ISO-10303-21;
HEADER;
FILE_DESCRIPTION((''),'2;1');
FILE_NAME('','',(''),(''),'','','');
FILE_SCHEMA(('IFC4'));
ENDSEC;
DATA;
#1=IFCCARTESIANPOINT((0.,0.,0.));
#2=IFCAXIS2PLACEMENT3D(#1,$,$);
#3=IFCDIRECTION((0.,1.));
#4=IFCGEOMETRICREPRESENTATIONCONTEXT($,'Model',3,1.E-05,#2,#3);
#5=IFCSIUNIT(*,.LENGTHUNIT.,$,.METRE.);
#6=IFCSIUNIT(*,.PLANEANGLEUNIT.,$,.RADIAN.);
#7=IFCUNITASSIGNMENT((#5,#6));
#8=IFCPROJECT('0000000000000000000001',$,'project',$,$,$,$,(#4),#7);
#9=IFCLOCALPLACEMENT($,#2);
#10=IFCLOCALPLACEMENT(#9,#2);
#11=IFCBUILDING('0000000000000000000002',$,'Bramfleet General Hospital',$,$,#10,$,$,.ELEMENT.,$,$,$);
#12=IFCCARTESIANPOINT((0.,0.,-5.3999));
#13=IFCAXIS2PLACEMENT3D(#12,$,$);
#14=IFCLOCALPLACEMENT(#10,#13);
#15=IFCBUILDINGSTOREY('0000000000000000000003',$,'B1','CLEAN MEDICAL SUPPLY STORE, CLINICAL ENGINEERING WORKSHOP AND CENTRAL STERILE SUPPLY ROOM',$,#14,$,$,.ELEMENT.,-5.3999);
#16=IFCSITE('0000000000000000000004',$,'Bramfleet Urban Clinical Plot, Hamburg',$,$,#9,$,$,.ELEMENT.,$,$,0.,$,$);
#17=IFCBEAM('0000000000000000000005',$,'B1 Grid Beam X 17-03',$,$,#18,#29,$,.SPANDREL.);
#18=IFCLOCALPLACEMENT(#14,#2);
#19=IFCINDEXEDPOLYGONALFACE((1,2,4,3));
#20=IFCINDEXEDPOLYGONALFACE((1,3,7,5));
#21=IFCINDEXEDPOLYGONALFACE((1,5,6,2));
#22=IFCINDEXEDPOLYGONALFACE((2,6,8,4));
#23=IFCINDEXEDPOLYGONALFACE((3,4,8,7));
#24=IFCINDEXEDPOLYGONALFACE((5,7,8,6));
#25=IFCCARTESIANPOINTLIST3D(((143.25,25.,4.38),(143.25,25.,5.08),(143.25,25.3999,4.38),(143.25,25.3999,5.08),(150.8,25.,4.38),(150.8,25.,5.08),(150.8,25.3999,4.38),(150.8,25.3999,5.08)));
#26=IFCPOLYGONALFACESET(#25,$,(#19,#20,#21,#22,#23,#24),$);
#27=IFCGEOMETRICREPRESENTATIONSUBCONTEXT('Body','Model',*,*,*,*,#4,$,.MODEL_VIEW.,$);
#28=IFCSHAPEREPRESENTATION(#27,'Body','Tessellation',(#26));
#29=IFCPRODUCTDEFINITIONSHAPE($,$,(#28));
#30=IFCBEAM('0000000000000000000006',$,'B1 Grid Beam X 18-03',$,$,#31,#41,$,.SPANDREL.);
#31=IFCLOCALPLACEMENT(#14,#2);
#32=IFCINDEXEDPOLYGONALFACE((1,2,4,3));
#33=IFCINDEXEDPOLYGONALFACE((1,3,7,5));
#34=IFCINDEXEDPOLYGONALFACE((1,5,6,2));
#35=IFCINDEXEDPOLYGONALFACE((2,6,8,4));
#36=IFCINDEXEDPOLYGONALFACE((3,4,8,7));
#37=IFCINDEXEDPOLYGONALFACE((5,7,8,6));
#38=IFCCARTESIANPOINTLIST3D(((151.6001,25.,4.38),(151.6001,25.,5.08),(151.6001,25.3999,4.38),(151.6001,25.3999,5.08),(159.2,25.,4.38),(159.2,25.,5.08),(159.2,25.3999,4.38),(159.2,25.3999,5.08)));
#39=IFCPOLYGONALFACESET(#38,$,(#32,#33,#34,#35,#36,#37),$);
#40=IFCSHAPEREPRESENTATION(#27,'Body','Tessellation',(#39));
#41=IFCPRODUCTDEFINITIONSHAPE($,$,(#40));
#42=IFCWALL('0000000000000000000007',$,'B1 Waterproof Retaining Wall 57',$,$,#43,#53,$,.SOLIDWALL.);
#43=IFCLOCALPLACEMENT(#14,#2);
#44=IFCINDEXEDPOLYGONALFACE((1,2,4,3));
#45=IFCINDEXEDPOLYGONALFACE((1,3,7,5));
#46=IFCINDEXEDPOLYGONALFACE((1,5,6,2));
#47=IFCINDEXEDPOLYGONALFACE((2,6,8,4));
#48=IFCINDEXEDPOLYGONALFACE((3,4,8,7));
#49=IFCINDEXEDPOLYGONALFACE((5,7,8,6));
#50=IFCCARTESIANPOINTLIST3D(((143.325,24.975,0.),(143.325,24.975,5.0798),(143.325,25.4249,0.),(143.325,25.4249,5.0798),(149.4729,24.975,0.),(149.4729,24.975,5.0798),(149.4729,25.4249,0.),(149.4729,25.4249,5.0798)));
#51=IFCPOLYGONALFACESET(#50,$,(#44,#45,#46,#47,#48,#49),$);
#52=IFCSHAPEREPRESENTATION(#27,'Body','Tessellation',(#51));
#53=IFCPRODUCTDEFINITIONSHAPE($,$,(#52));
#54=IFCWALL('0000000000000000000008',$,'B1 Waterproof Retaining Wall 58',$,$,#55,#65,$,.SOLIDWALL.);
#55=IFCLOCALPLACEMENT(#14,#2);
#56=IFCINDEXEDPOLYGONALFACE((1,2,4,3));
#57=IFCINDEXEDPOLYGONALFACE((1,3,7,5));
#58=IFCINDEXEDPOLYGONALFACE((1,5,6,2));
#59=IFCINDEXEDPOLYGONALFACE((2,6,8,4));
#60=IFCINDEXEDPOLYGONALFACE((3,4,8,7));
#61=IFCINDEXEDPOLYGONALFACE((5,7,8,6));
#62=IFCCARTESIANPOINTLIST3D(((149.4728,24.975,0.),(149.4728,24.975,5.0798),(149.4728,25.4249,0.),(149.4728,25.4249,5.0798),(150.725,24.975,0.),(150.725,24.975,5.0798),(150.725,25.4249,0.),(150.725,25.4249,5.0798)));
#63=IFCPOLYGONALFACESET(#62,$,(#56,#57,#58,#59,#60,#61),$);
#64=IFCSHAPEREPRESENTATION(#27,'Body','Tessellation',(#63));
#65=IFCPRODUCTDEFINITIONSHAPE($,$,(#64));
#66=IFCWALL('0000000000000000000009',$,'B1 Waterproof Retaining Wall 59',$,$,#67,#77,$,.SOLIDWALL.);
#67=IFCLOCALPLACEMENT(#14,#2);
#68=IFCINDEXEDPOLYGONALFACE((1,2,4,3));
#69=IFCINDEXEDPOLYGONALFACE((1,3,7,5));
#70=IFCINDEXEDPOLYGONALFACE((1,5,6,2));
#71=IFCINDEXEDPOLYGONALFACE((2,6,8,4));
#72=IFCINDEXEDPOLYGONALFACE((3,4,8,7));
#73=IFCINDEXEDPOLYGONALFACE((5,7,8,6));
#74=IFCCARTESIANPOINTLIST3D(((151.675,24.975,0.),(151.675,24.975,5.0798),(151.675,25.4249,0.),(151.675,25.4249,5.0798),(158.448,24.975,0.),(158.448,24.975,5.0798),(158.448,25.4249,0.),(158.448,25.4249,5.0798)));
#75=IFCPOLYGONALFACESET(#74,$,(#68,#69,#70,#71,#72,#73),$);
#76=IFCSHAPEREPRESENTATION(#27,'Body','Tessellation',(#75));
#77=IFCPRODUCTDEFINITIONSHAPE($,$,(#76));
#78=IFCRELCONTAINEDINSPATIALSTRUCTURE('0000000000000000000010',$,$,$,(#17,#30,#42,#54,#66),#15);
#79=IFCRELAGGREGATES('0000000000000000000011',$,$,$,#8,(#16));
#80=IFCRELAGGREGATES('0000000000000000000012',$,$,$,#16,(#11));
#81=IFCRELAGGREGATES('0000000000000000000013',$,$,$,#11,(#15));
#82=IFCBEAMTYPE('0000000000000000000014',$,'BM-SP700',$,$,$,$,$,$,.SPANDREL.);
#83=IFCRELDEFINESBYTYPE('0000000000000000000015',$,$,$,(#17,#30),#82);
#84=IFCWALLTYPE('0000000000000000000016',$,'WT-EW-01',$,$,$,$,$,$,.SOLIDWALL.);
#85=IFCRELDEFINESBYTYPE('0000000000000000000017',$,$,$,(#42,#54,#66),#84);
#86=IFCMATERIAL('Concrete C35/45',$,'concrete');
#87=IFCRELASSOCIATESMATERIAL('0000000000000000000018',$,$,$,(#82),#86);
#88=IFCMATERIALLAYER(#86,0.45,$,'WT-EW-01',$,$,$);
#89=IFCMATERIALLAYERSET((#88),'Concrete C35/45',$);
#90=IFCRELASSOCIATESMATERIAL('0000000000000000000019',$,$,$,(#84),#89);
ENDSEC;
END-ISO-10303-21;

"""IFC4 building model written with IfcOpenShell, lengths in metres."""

from ifc_helpers import new_model, si_unit, direction, frame, frame_2d, origin, origin_2d, place, context, subcontext, project, spatial, rectangle, extrude, material, layer, layer_set, material_profile, profile_set, type_object, element, save


model = new_model("IFC4")

# Units and contexts
model_context = context("Model", 3, precision=1e-05, world=origin(), true_north=direction((0.0, 1.0)))
body_context = subcontext(model_context, "Body", "Model", "MODEL_VIEW")
ifc_project = project(units=[si_unit("LENGTHUNIT", "METRE"), si_unit("PLANEANGLEUNIT", "RADIAN")], contexts=[model_context])

# Site, building, storey
site_placement = place(None, origin())
site = spatial("IfcSite", under=ifc_project, at=site_placement, Name="Bramfleet Urban Clinical Plot, Hamburg", CompositionType="ELEMENT", RefElevation=0.0)
building_placement = place(site_placement, origin())
building = spatial("IfcBuilding", under=site, at=building_placement, Name="Bramfleet General Hospital", CompositionType="ELEMENT")
storey_placement = place(building_placement, frame((0.0, 0.0, -5.3999)))
storey = spatial("IfcBuildingStorey", under=building, at=storey_placement, Name="B1", Description="CLEAN MEDICAL SUPPLY STORE, CLINICAL ENGINEERING WORKSHOP AND CENTRAL STERILE SUPPLY ROOM", CompositionType="ELEMENT", Elevation=-5.3999)

# Shared definitions
ifc_material_1 = material(Name="Concrete C35/45", Category="concrete")

# Beams
ifc_material_profile_1 = material_profile(ifc_material_1, rectangle(XDim=0.3999, YDim=0.7, at=origin_2d()), Name="RC SP 700x400")
ifc_profile_set_1 = profile_set([ifc_material_profile_1], Name="Concrete C35/45")
beam_type_1 = type_object("IfcBeamType", Name="BM-SP700", PredefinedType="SPANDREL", material=ifc_profile_set_1)
beam_1_placement = place(storey_placement, frame((143.25, 25.2, 4.73), z_axis=(1.0, 0.0, 0.0), x_axis=(0.0, 1.0, 0.0)))
element("IfcBeam", 1, at=beam_1_placement, inside=storey, type_object=beam_type_1, Name="B1 Grid Beam X 17-03", PredefinedType="SPANDREL", context=body_context, shape_type="SweptSolid", body=[
    extrude(rectangle(XDim=0.3999, YDim=0.7, at=origin_2d()), origin(), (0.0, 0.0, 1.0), 7.55),
])
beam_2_placement = place(storey_placement, frame((151.6001, 25.2, 4.73), z_axis=(1.0, 0.0, 0.0), x_axis=(0.0, 1.0, 0.0)))
element("IfcBeam", 2, at=beam_2_placement, inside=storey, type_object=beam_type_1, Name="B1 Grid Beam X 18-03", PredefinedType="SPANDREL", context=body_context, shape_type="SweptSolid", body=[
    extrude(rectangle(XDim=0.3999, YDim=0.7, at=origin_2d()), origin(), (0.0, 0.0, 1.0), 7.5999),
])

# Walls
ifc_layer = layer(ifc_material_1, 0.45, Name="WT-EW-01")
ifc_layer_set = layer_set([ifc_layer], Name="Concrete C35/45")
wall_type = type_object("IfcWallType", Name="WT-EW-01", PredefinedType="SOLIDWALL", material=ifc_layer_set)
wall_1_placement = place(storey_placement, frame((143.325, 25.2, 0.0), z_axis=(0.0, 0.0, 1.0), x_axis=(1.0, 0.0, 0.0)))
element("IfcWall", 3, at=wall_1_placement, inside=storey, type_object=wall_type, Name="B1 Waterproof Retaining Wall 57", PredefinedType="SOLIDWALL", context=body_context, shape_type="SweptSolid", body=[
    extrude(rectangle(XDim=6.1479, YDim=0.45, at=frame_2d((3.074, 0.0))), origin(), (0.0, 0.0, 1.0), 5.0798),
])
wall_2_placement = place(storey_placement, frame((149.4729, 25.2, 0.0), z_axis=(0.0, 0.0, 1.0), x_axis=(1.0, 0.0, 0.0)))
element("IfcWall", 4, at=wall_2_placement, inside=storey, type_object=wall_type, Name="B1 Waterproof Retaining Wall 58", PredefinedType="SOLIDWALL", context=body_context, shape_type="SweptSolid", body=[
    extrude(rectangle(XDim=1.2522, YDim=0.45, at=frame_2d((0.626, 0.0))), origin(), (0.0, 0.0, 1.0), 5.0798),
])
wall_3_placement = place(storey_placement, frame((151.675, 25.2, 0.0), z_axis=(0.0, 0.0, 1.0), x_axis=(1.0, 0.0, 0.0)))
element("IfcWall", 5, at=wall_3_placement, inside=storey, type_object=wall_type, Name="B1 Waterproof Retaining Wall 59", PredefinedType="SOLIDWALL", context=body_context, shape_type="SweptSolid", body=[
    extrude(rectangle(XDim=6.7729, YDim=0.45, at=frame_2d((3.3865, 0.0))), origin(), (0.0, 0.0, 1.0), 5.0798),
])

save(model, "model.ifc")
